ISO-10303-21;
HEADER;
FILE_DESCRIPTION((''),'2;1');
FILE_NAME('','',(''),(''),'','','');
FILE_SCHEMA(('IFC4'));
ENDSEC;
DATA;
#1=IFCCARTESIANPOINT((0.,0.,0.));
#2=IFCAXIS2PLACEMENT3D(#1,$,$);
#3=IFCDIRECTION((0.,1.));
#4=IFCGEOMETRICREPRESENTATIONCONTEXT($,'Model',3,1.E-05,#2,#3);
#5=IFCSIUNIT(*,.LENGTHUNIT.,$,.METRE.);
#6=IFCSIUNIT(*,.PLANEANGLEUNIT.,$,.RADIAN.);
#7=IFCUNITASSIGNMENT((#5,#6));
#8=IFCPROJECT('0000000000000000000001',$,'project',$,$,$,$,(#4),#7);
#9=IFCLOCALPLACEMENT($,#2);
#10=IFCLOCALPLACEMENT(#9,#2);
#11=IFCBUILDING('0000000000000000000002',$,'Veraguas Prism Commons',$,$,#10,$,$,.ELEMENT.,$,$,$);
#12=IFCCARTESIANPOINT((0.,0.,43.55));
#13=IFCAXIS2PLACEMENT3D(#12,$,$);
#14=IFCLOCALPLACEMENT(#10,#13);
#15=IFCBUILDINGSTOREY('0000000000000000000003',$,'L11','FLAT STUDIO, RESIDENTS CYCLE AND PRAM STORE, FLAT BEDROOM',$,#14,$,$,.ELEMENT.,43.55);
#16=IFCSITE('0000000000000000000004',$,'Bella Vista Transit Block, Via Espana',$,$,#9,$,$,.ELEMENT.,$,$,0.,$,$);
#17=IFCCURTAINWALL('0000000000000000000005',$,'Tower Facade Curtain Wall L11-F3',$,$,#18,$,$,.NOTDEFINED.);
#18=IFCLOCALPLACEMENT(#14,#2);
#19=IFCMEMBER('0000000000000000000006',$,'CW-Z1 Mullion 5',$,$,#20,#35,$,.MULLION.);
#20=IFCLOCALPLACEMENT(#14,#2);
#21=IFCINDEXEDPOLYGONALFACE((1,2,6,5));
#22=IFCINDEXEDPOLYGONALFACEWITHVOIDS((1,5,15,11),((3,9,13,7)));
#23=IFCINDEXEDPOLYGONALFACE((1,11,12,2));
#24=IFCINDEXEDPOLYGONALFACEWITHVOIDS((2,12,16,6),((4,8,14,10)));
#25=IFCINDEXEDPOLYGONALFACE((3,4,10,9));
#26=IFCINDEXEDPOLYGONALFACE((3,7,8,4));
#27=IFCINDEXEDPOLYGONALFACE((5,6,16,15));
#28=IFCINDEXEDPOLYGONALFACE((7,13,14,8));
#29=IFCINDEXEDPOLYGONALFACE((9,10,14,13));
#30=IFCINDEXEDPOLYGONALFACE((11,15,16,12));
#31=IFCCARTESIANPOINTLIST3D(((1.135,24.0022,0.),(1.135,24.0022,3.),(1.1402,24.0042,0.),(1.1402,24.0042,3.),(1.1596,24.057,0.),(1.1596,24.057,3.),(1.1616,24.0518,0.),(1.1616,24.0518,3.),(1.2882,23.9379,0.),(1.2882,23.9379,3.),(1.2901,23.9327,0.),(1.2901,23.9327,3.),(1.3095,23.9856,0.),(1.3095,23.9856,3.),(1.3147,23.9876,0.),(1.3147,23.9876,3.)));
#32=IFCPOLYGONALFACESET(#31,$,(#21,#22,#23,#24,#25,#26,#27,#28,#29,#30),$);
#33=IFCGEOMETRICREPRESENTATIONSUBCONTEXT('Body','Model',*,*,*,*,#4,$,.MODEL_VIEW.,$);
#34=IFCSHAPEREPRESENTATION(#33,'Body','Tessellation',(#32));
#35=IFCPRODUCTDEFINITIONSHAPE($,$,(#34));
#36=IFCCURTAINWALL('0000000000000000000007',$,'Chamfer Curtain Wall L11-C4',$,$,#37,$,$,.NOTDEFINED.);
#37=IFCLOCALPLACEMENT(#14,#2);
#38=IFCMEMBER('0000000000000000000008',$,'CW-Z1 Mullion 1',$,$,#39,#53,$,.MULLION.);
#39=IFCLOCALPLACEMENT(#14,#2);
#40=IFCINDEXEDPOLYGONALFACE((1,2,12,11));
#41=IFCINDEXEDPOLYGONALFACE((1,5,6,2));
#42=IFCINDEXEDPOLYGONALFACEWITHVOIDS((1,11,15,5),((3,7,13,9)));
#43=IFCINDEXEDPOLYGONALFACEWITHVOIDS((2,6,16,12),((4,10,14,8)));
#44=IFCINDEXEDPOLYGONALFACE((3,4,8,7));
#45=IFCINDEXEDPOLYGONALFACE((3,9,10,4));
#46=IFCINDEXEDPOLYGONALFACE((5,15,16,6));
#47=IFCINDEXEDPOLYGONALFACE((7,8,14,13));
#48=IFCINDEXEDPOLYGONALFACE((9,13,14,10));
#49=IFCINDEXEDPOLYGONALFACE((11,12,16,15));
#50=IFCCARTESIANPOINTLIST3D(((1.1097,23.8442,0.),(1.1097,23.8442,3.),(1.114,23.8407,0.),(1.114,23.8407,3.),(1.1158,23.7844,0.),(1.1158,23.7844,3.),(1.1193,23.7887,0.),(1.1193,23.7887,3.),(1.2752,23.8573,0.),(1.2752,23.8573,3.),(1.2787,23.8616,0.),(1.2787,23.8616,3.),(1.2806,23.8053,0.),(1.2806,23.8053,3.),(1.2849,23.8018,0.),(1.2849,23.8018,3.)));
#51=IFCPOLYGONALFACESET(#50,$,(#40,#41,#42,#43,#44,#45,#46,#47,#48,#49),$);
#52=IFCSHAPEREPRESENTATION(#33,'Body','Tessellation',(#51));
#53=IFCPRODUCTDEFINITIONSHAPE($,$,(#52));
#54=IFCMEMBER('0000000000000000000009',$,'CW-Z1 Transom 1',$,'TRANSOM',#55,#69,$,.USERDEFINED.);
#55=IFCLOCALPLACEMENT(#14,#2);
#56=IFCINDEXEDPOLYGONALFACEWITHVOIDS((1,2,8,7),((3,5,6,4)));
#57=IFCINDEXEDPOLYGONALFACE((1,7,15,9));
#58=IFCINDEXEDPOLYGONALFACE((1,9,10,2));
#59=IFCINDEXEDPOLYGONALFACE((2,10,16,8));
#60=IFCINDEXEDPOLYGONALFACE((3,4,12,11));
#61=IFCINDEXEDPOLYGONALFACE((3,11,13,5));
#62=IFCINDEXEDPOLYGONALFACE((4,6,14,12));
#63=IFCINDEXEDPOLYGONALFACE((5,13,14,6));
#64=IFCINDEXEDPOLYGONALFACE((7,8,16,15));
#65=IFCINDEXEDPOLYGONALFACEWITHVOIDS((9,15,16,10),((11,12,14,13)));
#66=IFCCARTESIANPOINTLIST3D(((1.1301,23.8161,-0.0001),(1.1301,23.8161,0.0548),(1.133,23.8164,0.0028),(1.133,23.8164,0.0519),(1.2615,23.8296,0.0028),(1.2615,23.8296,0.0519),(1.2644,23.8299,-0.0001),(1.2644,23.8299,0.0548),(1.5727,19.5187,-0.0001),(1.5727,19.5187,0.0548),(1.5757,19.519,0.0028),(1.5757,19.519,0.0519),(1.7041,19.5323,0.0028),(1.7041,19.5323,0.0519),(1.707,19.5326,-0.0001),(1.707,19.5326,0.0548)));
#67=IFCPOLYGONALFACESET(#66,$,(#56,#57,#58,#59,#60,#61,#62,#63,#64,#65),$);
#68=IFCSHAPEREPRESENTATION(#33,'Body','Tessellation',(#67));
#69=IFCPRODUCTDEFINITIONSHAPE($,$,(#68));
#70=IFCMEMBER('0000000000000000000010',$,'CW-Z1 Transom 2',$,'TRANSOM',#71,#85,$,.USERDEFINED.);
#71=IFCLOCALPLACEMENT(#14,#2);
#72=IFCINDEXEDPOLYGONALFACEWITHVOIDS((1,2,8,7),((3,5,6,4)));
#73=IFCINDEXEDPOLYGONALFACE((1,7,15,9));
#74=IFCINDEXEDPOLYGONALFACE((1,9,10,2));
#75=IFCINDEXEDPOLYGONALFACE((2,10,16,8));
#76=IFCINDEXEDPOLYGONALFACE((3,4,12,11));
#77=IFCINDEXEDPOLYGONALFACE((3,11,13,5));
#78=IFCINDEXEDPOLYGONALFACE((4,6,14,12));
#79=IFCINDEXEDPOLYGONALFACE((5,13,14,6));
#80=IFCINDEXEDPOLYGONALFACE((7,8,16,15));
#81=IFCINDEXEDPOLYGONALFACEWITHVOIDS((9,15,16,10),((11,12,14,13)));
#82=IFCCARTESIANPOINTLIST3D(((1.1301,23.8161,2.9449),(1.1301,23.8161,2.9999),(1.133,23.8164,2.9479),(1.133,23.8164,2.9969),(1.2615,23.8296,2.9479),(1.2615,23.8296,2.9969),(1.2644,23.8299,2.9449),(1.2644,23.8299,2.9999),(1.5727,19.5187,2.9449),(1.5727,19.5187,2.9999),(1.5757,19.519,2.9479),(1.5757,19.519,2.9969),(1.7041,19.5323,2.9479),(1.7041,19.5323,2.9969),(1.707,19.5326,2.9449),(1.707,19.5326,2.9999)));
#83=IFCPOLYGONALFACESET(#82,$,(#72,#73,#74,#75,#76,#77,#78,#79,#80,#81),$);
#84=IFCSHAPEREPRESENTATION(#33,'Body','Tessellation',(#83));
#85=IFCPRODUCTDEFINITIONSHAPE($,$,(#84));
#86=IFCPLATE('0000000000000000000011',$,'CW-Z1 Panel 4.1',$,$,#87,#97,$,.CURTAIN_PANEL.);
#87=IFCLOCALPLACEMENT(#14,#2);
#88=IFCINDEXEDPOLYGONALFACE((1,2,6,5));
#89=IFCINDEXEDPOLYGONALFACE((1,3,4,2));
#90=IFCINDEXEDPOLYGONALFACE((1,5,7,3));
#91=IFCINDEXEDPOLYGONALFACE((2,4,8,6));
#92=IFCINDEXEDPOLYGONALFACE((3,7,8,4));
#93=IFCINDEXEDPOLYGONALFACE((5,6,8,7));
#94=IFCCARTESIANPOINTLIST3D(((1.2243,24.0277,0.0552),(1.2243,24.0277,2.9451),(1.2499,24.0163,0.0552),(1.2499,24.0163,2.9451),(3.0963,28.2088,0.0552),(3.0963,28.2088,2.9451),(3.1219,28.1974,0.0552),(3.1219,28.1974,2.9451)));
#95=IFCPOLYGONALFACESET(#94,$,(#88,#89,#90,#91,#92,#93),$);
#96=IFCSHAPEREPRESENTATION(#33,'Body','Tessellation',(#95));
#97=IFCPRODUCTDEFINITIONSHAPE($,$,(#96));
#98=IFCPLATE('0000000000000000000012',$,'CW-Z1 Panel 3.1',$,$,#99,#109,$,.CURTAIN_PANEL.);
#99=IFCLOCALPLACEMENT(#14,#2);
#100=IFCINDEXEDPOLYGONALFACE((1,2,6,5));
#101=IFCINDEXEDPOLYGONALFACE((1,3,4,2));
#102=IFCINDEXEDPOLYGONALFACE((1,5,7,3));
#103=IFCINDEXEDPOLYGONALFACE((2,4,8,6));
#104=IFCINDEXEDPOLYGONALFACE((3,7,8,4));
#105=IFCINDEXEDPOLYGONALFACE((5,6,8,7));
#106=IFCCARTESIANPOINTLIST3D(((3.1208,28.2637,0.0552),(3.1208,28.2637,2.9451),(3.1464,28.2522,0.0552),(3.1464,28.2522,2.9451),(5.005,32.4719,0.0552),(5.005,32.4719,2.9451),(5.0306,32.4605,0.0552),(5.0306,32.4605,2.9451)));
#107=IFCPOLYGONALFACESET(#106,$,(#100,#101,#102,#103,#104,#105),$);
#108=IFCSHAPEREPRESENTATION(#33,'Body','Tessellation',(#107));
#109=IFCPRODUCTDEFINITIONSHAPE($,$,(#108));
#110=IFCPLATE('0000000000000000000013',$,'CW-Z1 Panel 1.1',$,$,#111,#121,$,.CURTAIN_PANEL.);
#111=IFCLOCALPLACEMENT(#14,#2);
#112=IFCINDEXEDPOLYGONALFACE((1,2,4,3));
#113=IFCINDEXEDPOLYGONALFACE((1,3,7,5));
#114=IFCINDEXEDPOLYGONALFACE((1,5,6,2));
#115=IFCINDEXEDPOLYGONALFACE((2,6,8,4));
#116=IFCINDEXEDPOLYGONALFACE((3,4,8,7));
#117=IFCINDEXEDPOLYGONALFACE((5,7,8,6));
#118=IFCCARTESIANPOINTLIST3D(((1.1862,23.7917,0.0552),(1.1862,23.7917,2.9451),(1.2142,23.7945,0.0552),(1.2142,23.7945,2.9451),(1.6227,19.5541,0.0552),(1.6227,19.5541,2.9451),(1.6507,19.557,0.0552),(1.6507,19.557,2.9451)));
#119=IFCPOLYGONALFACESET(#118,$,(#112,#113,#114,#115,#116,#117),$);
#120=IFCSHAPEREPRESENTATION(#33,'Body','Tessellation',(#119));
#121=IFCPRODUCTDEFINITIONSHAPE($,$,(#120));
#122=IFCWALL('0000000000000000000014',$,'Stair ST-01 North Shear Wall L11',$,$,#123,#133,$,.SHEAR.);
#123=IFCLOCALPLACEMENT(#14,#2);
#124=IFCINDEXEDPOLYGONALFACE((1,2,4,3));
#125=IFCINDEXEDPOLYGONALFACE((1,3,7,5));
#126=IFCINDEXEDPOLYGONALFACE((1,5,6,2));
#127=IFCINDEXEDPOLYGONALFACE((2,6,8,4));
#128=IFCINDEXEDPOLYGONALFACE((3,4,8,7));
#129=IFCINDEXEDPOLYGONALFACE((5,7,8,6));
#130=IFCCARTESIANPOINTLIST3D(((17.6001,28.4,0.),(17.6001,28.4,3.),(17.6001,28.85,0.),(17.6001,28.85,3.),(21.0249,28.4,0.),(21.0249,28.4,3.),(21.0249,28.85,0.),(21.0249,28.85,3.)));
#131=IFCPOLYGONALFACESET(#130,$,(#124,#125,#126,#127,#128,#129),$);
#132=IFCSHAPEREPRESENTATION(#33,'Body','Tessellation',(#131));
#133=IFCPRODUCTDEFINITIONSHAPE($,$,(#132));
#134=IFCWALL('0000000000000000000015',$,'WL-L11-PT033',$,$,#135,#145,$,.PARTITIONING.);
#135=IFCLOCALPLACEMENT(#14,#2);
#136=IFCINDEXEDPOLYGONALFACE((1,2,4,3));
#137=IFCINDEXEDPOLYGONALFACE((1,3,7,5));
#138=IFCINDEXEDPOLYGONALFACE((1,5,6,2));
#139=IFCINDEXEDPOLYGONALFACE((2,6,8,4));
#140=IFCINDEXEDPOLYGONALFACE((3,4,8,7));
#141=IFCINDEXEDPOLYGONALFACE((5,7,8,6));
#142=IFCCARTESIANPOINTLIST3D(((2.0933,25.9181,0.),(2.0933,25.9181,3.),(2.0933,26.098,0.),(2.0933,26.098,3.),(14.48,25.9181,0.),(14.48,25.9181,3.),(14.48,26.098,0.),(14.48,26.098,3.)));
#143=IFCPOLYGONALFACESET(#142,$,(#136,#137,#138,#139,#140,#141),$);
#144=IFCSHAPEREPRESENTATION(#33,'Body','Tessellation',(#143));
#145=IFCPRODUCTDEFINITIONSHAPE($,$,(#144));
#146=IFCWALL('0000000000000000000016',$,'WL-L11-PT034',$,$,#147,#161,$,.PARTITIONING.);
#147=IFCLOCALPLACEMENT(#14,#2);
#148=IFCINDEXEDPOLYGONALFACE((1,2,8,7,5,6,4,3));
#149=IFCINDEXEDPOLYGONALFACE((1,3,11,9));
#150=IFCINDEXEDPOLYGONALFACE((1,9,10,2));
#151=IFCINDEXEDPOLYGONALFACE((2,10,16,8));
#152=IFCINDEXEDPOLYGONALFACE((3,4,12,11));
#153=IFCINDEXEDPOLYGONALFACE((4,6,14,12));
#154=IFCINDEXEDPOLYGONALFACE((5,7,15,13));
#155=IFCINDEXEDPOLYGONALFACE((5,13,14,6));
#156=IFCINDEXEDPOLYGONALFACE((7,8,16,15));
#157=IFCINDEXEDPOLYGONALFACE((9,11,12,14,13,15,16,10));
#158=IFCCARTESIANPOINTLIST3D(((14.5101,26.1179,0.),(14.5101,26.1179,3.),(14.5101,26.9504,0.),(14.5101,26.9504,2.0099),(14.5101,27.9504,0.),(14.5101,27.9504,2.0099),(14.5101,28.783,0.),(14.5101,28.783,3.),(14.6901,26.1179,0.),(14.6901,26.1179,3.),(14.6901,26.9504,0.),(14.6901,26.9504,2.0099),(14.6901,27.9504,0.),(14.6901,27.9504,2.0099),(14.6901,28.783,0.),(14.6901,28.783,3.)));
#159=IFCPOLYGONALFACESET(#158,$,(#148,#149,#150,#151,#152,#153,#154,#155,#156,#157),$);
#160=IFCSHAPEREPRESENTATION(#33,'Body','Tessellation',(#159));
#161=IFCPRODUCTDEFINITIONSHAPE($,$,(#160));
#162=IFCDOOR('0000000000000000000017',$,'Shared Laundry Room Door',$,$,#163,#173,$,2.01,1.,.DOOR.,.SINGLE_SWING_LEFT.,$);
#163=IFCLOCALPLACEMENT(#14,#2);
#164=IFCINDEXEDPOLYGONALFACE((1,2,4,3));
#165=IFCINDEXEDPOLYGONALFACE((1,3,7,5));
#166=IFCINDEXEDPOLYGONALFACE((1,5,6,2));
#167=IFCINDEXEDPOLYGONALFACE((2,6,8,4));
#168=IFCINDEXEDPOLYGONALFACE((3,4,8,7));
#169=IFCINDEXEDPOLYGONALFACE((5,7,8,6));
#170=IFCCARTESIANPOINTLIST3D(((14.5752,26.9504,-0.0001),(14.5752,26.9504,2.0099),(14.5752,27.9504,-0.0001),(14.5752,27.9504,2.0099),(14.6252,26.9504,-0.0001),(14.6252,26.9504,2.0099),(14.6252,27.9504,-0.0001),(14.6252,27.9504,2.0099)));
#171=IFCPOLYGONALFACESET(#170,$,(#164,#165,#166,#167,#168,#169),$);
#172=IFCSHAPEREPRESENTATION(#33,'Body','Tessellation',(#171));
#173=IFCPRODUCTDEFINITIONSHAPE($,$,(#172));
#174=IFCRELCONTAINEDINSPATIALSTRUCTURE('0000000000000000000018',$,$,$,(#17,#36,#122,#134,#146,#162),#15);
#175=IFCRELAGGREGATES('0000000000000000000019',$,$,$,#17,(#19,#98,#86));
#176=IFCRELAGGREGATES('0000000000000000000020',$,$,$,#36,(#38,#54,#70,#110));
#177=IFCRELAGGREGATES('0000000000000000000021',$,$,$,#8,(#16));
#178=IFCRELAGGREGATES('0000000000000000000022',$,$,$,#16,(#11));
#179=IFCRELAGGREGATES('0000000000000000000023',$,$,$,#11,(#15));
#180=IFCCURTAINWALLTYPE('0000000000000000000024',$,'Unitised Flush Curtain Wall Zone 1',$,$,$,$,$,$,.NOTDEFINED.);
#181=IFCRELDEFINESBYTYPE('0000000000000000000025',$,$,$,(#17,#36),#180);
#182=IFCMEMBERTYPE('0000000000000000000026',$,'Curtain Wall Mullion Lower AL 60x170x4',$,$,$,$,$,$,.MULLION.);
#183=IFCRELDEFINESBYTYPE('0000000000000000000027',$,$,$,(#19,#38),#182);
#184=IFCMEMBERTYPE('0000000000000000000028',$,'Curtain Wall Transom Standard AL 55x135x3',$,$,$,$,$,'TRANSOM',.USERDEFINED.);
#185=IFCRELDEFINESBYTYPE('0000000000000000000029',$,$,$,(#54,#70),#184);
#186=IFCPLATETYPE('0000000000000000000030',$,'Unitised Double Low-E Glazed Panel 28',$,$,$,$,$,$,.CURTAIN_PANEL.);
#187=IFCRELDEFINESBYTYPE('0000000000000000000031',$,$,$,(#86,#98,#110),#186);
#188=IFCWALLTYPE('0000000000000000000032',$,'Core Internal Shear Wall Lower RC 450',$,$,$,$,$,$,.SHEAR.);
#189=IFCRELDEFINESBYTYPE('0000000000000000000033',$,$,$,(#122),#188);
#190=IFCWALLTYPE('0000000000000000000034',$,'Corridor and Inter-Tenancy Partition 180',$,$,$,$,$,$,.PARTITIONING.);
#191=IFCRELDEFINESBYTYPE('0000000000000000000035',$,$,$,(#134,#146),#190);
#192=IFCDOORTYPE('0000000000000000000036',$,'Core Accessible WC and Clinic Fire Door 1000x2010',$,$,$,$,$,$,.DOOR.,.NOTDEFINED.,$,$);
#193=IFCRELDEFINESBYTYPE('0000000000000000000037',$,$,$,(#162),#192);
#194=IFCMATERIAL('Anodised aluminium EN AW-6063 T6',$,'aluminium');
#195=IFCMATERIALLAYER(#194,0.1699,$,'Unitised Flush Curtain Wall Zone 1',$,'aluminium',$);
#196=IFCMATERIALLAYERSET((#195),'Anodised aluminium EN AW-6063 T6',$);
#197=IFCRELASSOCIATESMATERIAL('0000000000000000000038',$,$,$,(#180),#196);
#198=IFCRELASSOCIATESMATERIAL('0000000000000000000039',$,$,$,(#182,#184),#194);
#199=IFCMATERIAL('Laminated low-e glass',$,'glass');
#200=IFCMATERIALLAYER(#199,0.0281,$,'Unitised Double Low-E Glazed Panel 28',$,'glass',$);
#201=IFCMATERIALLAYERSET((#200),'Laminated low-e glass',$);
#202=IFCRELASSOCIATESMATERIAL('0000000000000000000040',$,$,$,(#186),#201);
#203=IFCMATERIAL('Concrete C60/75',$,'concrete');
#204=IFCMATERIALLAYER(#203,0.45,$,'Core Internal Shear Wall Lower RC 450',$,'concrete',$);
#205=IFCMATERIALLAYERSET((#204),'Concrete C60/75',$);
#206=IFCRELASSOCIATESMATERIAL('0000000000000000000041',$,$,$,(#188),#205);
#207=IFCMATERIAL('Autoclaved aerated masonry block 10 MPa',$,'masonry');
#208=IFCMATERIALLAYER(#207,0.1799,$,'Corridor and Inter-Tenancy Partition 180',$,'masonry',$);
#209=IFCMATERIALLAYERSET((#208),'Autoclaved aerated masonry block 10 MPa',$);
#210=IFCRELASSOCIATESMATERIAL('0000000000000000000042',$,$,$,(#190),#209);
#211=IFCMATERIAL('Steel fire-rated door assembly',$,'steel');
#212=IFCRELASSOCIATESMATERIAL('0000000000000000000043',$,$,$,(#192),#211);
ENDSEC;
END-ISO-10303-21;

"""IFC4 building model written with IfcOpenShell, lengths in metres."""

from ifc_helpers import new_model, si_unit, direction, frame, frame_2d, origin, origin_2d, place, context, subcontext, project, spatial, rectangle, hollow_rectangle, extrude, source, transform, mapped, material, layer, layer_set, material_profile, profile_set, type_object, element, fill, aggregate, save


model = new_model("IFC4")

# Units and contexts
model_context = context("Model", 3, precision=1e-05, world=origin(), true_north=direction((0.0, 1.0)))
body_context = subcontext(model_context, "Body", "Model", "MODEL_VIEW")
ifc_project = project(units=[si_unit("LENGTHUNIT", "METRE"), si_unit("PLANEANGLEUNIT", "RADIAN")], contexts=[model_context])

# Site, building, storey
site_placement = place(None, origin())
site = spatial("IfcSite", under=ifc_project, at=site_placement, Name="Bella Vista Transit Block, Via Espana", CompositionType="ELEMENT", RefElevation=0.0)
building_placement = place(site_placement, origin())
building = spatial("IfcBuilding", under=site, at=building_placement, Name="Veraguas Prism Commons", CompositionType="ELEMENT")
storey_placement = place(building_placement, frame((0.0, 0.0, 43.55)))
storey = spatial("IfcBuildingStorey", under=building, at=storey_placement, Name="L11", Description="FLAT STUDIO, RESIDENTS CYCLE AND PRAM STORE, FLAT BEDROOM", CompositionType="ELEMENT", Elevation=43.55)

# Shared definitions
ifc_material_1 = material(Name="Concrete C60/75", Category="concrete")

# Curtain walls, members
ifc_material_2 = material(Name="Anodised aluminium EN AW-6063 T6", Category="aluminium")
ifc_layer_1 = layer(ifc_material_2, 0.1699, Name="Unitised Flush Curtain Wall Zone 1", Category="aluminium")
ifc_layer_set_1 = layer_set([ifc_layer_1], Name="Anodised aluminium EN AW-6063 T6")
curtain_wall_type = type_object("IfcCurtainWallType", Name="Unitised Flush Curtain Wall Zone 1", PredefinedType="NOTDEFINED", material=ifc_layer_set_1)
curtain_wall_1_placement = place(storey_placement, origin())
curtain_wall_1 = element("IfcCurtainWall", 1, at=curtain_wall_1_placement, inside=storey, type_object=curtain_wall_type, Name="Tower Facade Curtain Wall L11-F3", PredefinedType="NOTDEFINED")
ifc_material_profile_1 = material_profile(ifc_material_2, hollow_rectangle(XDim=0.0601, YDim=0.1699, WallThickness=0.0039, at=origin_2d()), Name="AL60X170X4")
ifc_profile_set_1 = profile_set([ifc_material_profile_1], Name="Anodised aluminium EN AW-6063 T6")
member_type_1 = type_object("IfcMemberType", Name="Curtain Wall Mullion Lower AL 60x170x4", PredefinedType="MULLION", material=ifc_profile_set_1)
shared_shape_1 = source(origin(), body_context, "Body", "SweptSolid", [
    extrude(hollow_rectangle(XDim=0.0601, YDim=0.1699, WallThickness=0.0039, at=origin_2d()), origin(), (0.0, 0.0, 1.0), 3.0),
])
member_1_placement = place(storey_placement, frame((1.2249, 23.9949, 0.0), z_axis=(0.0, 0.0, 1.0), x_axis=(-0.408649, -0.912692, 0.0)))
member_1 = element("IfcMember", 2, at=member_1_placement, type_object=member_type_1, Name="CW-Z1 Mullion 5", PredefinedType="MULLION", context=body_context, shape_type="MappedRepresentation", body=[
    mapped(shared_shape_1, transform((0.0, 0.0, 0.0), scale=1.0)),
])
curtain_wall_2_placement = place(storey_placement, origin())
curtain_wall_2 = element("IfcCurtainWall", 3, at=curtain_wall_2_placement, inside=storey, type_object=curtain_wall_type, Name="Chamfer Curtain Wall L11-C4", PredefinedType="NOTDEFINED")
member_2_placement = place(storey_placement, frame((1.1973, 23.823, 0.0), z_axis=(0.0, 0.0, 1.0), x_axis=(0.102464, -0.994737, 0.0)))
member_2 = element("IfcMember", 4, at=member_2_placement, type_object=member_type_1, Name="CW-Z1 Mullion 1", PredefinedType="MULLION", context=body_context, shape_type="MappedRepresentation", body=[
    mapped(shared_shape_1, transform((0.0, 0.0, 0.0), scale=1.0)),
])
ifc_material_profile_2 = material_profile(ifc_material_2, hollow_rectangle(XDim=0.0549, YDim=0.135, WallThickness=0.0029, at=origin_2d()), Name="AL55X135X3")
ifc_profile_set_2 = profile_set([ifc_material_profile_2], Name="Anodised aluminium EN AW-6063 T6")
member_type_2 = type_object("IfcMemberType", Name="Curtain Wall Transom Standard AL 55x135x3", ElementType="TRANSOM", PredefinedType="USERDEFINED", material=ifc_profile_set_2)
shared_shape_2 = source(origin(), body_context, "Body", "SweptSolid", [
    extrude(hollow_rectangle(XDim=0.0549, YDim=0.135, WallThickness=0.0029, at=origin_2d()), origin(), (0.0, 0.0, 1.0), 4.3201),
])
member_3_placement = place(storey_placement, frame((1.1973, 23.823, 0.0273), z_axis=(0.102458, -0.994737, 0.0), x_axis=(0.0, 0.0, 1.0)))
member_3 = element("IfcMember", 5, at=member_3_placement, type_object=member_type_2, Name="CW-Z1 Transom 1", ObjectType="TRANSOM", PredefinedType="USERDEFINED", context=body_context, shape_type="MappedRepresentation", body=[
    mapped(shared_shape_2, transform((0.0, 0.0, 0.0), scale=1.0)),
])
member_4_placement = place(storey_placement, frame((1.1973, 23.823, 2.9724), z_axis=(0.102458, -0.994737, 0.0), x_axis=(0.0, 0.0, 1.0)))
member_4 = element("IfcMember", 6, at=member_4_placement, type_object=member_type_2, Name="CW-Z1 Transom 2", ObjectType="TRANSOM", PredefinedType="USERDEFINED", context=body_context, shape_type="MappedRepresentation", body=[
    mapped(shared_shape_2, transform((0.0, 0.0, 0.0), scale=1.0)),
])

# Plates
ifc_material_3 = material(Name="Laminated low-e glass", Category="glass")
ifc_layer_2 = layer(ifc_material_3, 0.0281, Name="Unitised Double Low-E Glazed Panel 28", Category="glass")
ifc_layer_set_2 = layer_set([ifc_layer_2], Name="Laminated low-e glass")
plate_type = type_object("IfcPlateType", Name="Unitised Double Low-E Glazed Panel 28", PredefinedType="CURTAIN_PANEL", material=ifc_layer_set_2)
shared_shape_3 = source(origin(), body_context, "Body", "SweptSolid", [
    extrude(rectangle(XDim=4.5811, YDim=0.0281, at=origin_2d()), origin(), (0.0, 0.0, 1.0), 2.8899),
])
plate_1_placement = place(storey_placement, frame((2.1731, 26.1125, 0.0552), z_axis=(0.0, 0.0, 1.0), x_axis=(-0.408649, -0.912692, 0.0)))
plate_1 = element("IfcPlate", 7, at=plate_1_placement, type_object=plate_type, Name="CW-Z1 Panel 4.1", PredefinedType="CURTAIN_PANEL", context=body_context, shape_type="MappedRepresentation", body=[
    mapped(shared_shape_3, transform((0.0, 0.0, 0.0), scale=1.0)),
])
shared_shape_4 = source(origin(), body_context, "Body", "SweptSolid", [
    extrude(rectangle(XDim=4.6108, YDim=0.0281, at=origin_2d()), origin(), (0.0, 0.0, 1.0), 2.8899),
])
plate_2_placement = place(storey_placement, frame((4.0757, 30.3621, 0.0552), z_axis=(0.0, 0.0, 1.0), x_axis=(-0.408649, -0.912692, 0.0)))
plate_2 = element("IfcPlate", 8, at=plate_2_placement, type_object=plate_type, Name="CW-Z1 Panel 3.1", PredefinedType="CURTAIN_PANEL", context=body_context, shape_type="MappedRepresentation", body=[
    mapped(shared_shape_4, transform((0.0, 0.0, 0.0), scale=1.0)),
])
aggregate(curtain_wall_1, [member_1, plate_2, plate_1])
shared_shape_5 = source(origin(), body_context, "Body", "SweptSolid", [
    extrude(rectangle(XDim=4.26, YDim=0.0281, at=origin_2d()), origin(), (0.0, 0.0, 1.0), 2.8899),
])
plate_3_placement = place(storey_placement, frame((1.4185, 21.6743, 0.0552), z_axis=(0.0, 0.0, 1.0), x_axis=(0.102464, -0.994737, 0.0)))
plate_3 = element("IfcPlate", 9, at=plate_3_placement, type_object=plate_type, Name="CW-Z1 Panel 1.1", PredefinedType="CURTAIN_PANEL", context=body_context, shape_type="MappedRepresentation", body=[
    mapped(shared_shape_5, transform((0.0, 0.0, 0.0), scale=1.0)),
])
aggregate(curtain_wall_2, [member_2, member_3, member_4, plate_3])

# Walls
ifc_layer_3 = layer(ifc_material_1, 0.45, Name="Core Internal Shear Wall Lower RC 450", Category="concrete")
ifc_layer_set_3 = layer_set([ifc_layer_3], Name="Concrete C60/75")
wall_type_1 = type_object("IfcWallType", Name="Core Internal Shear Wall Lower RC 450", PredefinedType="SHEAR", material=ifc_layer_set_3)
wall_1_placement = place(storey_placement, frame((17.6001, 28.625, 0.0), z_axis=(0.0, 0.0, 1.0), x_axis=(1.0, 0.0, 0.0)))
element("IfcWall", 10, at=wall_1_placement, inside=storey, type_object=wall_type_1, Name="Stair ST-01 North Shear Wall L11", PredefinedType="SHEAR", context=body_context, shape_type="SweptSolid", body=[
    extrude(rectangle(XDim=3.4248, YDim=0.45, at=frame_2d((1.7124, 0.0))), origin(), (0.0, 0.0, 1.0), 3.0),
])
ifc_material_4 = material(Name="Autoclaved aerated masonry block 10 MPa", Category="masonry")
ifc_layer_4 = layer(ifc_material_4, 0.1799, Name="Corridor and Inter-Tenancy Partition 180", Category="masonry")
ifc_layer_set_4 = layer_set([ifc_layer_4], Name="Autoclaved aerated masonry block 10 MPa")
wall_type_2 = type_object("IfcWallType", Name="Corridor and Inter-Tenancy Partition 180", PredefinedType="PARTITIONING", material=ifc_layer_set_4)
wall_2_placement = place(storey_placement, frame((14.48, 26.0081, 0.0), z_axis=(0.0, 0.0, 1.0), x_axis=(-1.0, 0.0, 0.0)))
element("IfcWall", 11, at=wall_2_placement, inside=storey, type_object=wall_type_2, Name="WL-L11-PT033", PredefinedType="PARTITIONING", context=body_context, shape_type="SweptSolid", body=[
    extrude(rectangle(XDim=12.3867, YDim=0.1799, at=frame_2d((6.1934, 0.0))), origin(), (0.0, 0.0, 1.0), 3.0),
])

# Wall, opening, door
wall_3_placement = place(storey_placement, frame((14.6001, 26.1179, 0.0), z_axis=(0.0, 0.0, 1.0), x_axis=(0.0, 1.0, 0.0)))
wall_3 = element("IfcWall", 12, at=wall_3_placement, inside=storey, type_object=wall_type_2, Name="WL-L11-PT034", PredefinedType="PARTITIONING", context=body_context, shape_type="SweptSolid", body=[
    extrude(rectangle(XDim=2.665, YDim=0.1799, at=frame_2d((1.3325, 0.0))), origin(), (0.0, 0.0, 1.0), 3.0),
])
opening_1_placement = place(wall_3_placement, frame((0.8325, 0.0, 0.0)))
opening_1 = element("IfcOpeningElement", 13, at=opening_1_placement, cuts=wall_3, PredefinedType="OPENING", context=body_context, shape_type="SweptSolid", body=[
    extrude(rectangle(XDim=1.0, YDim=2.01, at=frame_2d((0.5, 1.0049))), frame((0.0, 0.0999, 0.0), z_axis=(0.0, -1.0, 0.0), x_axis=(1.0, 0.0, 0.0)), (0.0, 0.0, 1.0), 0.2),
])
ifc_material_5 = material(Name="Steel fire-rated door assembly", Category="steel")
door_type = type_object("IfcDoorType", Name="Core Accessible WC and Clinic Fire Door 1000x2010", OperationType="NOTDEFINED", PredefinedType="DOOR", material=ifc_material_5)
shared_shape_6 = source(origin(), body_context, "Body", "SweptSolid", [
    extrude(rectangle(XDim=1.0, YDim=2.01, at=frame_2d((0.5, 1.0049))), frame((0.0, 0.0249, 0.0), z_axis=(0.0, -1.0, 0.0), x_axis=(1.0, 0.0, 0.0)), (0.0, 0.0, 1.0), 0.05),
])
door_1_placement = place(opening_1_placement, origin())
door_1 = element("IfcDoor", 14, at=door_1_placement, inside=storey, type_object=door_type, Name="Shared Laundry Room Door", OperationType="SINGLE_SWING_LEFT", OverallHeight=2.01, OverallWidth=1.0, PredefinedType="DOOR", context=body_context, shape_type="MappedRepresentation", body=[
    mapped(shared_shape_6, transform((0.0, 0.0, 0.0), scale=1.0)),
])
fill(opening_1, door_1)

save(model, "model.ifc")
